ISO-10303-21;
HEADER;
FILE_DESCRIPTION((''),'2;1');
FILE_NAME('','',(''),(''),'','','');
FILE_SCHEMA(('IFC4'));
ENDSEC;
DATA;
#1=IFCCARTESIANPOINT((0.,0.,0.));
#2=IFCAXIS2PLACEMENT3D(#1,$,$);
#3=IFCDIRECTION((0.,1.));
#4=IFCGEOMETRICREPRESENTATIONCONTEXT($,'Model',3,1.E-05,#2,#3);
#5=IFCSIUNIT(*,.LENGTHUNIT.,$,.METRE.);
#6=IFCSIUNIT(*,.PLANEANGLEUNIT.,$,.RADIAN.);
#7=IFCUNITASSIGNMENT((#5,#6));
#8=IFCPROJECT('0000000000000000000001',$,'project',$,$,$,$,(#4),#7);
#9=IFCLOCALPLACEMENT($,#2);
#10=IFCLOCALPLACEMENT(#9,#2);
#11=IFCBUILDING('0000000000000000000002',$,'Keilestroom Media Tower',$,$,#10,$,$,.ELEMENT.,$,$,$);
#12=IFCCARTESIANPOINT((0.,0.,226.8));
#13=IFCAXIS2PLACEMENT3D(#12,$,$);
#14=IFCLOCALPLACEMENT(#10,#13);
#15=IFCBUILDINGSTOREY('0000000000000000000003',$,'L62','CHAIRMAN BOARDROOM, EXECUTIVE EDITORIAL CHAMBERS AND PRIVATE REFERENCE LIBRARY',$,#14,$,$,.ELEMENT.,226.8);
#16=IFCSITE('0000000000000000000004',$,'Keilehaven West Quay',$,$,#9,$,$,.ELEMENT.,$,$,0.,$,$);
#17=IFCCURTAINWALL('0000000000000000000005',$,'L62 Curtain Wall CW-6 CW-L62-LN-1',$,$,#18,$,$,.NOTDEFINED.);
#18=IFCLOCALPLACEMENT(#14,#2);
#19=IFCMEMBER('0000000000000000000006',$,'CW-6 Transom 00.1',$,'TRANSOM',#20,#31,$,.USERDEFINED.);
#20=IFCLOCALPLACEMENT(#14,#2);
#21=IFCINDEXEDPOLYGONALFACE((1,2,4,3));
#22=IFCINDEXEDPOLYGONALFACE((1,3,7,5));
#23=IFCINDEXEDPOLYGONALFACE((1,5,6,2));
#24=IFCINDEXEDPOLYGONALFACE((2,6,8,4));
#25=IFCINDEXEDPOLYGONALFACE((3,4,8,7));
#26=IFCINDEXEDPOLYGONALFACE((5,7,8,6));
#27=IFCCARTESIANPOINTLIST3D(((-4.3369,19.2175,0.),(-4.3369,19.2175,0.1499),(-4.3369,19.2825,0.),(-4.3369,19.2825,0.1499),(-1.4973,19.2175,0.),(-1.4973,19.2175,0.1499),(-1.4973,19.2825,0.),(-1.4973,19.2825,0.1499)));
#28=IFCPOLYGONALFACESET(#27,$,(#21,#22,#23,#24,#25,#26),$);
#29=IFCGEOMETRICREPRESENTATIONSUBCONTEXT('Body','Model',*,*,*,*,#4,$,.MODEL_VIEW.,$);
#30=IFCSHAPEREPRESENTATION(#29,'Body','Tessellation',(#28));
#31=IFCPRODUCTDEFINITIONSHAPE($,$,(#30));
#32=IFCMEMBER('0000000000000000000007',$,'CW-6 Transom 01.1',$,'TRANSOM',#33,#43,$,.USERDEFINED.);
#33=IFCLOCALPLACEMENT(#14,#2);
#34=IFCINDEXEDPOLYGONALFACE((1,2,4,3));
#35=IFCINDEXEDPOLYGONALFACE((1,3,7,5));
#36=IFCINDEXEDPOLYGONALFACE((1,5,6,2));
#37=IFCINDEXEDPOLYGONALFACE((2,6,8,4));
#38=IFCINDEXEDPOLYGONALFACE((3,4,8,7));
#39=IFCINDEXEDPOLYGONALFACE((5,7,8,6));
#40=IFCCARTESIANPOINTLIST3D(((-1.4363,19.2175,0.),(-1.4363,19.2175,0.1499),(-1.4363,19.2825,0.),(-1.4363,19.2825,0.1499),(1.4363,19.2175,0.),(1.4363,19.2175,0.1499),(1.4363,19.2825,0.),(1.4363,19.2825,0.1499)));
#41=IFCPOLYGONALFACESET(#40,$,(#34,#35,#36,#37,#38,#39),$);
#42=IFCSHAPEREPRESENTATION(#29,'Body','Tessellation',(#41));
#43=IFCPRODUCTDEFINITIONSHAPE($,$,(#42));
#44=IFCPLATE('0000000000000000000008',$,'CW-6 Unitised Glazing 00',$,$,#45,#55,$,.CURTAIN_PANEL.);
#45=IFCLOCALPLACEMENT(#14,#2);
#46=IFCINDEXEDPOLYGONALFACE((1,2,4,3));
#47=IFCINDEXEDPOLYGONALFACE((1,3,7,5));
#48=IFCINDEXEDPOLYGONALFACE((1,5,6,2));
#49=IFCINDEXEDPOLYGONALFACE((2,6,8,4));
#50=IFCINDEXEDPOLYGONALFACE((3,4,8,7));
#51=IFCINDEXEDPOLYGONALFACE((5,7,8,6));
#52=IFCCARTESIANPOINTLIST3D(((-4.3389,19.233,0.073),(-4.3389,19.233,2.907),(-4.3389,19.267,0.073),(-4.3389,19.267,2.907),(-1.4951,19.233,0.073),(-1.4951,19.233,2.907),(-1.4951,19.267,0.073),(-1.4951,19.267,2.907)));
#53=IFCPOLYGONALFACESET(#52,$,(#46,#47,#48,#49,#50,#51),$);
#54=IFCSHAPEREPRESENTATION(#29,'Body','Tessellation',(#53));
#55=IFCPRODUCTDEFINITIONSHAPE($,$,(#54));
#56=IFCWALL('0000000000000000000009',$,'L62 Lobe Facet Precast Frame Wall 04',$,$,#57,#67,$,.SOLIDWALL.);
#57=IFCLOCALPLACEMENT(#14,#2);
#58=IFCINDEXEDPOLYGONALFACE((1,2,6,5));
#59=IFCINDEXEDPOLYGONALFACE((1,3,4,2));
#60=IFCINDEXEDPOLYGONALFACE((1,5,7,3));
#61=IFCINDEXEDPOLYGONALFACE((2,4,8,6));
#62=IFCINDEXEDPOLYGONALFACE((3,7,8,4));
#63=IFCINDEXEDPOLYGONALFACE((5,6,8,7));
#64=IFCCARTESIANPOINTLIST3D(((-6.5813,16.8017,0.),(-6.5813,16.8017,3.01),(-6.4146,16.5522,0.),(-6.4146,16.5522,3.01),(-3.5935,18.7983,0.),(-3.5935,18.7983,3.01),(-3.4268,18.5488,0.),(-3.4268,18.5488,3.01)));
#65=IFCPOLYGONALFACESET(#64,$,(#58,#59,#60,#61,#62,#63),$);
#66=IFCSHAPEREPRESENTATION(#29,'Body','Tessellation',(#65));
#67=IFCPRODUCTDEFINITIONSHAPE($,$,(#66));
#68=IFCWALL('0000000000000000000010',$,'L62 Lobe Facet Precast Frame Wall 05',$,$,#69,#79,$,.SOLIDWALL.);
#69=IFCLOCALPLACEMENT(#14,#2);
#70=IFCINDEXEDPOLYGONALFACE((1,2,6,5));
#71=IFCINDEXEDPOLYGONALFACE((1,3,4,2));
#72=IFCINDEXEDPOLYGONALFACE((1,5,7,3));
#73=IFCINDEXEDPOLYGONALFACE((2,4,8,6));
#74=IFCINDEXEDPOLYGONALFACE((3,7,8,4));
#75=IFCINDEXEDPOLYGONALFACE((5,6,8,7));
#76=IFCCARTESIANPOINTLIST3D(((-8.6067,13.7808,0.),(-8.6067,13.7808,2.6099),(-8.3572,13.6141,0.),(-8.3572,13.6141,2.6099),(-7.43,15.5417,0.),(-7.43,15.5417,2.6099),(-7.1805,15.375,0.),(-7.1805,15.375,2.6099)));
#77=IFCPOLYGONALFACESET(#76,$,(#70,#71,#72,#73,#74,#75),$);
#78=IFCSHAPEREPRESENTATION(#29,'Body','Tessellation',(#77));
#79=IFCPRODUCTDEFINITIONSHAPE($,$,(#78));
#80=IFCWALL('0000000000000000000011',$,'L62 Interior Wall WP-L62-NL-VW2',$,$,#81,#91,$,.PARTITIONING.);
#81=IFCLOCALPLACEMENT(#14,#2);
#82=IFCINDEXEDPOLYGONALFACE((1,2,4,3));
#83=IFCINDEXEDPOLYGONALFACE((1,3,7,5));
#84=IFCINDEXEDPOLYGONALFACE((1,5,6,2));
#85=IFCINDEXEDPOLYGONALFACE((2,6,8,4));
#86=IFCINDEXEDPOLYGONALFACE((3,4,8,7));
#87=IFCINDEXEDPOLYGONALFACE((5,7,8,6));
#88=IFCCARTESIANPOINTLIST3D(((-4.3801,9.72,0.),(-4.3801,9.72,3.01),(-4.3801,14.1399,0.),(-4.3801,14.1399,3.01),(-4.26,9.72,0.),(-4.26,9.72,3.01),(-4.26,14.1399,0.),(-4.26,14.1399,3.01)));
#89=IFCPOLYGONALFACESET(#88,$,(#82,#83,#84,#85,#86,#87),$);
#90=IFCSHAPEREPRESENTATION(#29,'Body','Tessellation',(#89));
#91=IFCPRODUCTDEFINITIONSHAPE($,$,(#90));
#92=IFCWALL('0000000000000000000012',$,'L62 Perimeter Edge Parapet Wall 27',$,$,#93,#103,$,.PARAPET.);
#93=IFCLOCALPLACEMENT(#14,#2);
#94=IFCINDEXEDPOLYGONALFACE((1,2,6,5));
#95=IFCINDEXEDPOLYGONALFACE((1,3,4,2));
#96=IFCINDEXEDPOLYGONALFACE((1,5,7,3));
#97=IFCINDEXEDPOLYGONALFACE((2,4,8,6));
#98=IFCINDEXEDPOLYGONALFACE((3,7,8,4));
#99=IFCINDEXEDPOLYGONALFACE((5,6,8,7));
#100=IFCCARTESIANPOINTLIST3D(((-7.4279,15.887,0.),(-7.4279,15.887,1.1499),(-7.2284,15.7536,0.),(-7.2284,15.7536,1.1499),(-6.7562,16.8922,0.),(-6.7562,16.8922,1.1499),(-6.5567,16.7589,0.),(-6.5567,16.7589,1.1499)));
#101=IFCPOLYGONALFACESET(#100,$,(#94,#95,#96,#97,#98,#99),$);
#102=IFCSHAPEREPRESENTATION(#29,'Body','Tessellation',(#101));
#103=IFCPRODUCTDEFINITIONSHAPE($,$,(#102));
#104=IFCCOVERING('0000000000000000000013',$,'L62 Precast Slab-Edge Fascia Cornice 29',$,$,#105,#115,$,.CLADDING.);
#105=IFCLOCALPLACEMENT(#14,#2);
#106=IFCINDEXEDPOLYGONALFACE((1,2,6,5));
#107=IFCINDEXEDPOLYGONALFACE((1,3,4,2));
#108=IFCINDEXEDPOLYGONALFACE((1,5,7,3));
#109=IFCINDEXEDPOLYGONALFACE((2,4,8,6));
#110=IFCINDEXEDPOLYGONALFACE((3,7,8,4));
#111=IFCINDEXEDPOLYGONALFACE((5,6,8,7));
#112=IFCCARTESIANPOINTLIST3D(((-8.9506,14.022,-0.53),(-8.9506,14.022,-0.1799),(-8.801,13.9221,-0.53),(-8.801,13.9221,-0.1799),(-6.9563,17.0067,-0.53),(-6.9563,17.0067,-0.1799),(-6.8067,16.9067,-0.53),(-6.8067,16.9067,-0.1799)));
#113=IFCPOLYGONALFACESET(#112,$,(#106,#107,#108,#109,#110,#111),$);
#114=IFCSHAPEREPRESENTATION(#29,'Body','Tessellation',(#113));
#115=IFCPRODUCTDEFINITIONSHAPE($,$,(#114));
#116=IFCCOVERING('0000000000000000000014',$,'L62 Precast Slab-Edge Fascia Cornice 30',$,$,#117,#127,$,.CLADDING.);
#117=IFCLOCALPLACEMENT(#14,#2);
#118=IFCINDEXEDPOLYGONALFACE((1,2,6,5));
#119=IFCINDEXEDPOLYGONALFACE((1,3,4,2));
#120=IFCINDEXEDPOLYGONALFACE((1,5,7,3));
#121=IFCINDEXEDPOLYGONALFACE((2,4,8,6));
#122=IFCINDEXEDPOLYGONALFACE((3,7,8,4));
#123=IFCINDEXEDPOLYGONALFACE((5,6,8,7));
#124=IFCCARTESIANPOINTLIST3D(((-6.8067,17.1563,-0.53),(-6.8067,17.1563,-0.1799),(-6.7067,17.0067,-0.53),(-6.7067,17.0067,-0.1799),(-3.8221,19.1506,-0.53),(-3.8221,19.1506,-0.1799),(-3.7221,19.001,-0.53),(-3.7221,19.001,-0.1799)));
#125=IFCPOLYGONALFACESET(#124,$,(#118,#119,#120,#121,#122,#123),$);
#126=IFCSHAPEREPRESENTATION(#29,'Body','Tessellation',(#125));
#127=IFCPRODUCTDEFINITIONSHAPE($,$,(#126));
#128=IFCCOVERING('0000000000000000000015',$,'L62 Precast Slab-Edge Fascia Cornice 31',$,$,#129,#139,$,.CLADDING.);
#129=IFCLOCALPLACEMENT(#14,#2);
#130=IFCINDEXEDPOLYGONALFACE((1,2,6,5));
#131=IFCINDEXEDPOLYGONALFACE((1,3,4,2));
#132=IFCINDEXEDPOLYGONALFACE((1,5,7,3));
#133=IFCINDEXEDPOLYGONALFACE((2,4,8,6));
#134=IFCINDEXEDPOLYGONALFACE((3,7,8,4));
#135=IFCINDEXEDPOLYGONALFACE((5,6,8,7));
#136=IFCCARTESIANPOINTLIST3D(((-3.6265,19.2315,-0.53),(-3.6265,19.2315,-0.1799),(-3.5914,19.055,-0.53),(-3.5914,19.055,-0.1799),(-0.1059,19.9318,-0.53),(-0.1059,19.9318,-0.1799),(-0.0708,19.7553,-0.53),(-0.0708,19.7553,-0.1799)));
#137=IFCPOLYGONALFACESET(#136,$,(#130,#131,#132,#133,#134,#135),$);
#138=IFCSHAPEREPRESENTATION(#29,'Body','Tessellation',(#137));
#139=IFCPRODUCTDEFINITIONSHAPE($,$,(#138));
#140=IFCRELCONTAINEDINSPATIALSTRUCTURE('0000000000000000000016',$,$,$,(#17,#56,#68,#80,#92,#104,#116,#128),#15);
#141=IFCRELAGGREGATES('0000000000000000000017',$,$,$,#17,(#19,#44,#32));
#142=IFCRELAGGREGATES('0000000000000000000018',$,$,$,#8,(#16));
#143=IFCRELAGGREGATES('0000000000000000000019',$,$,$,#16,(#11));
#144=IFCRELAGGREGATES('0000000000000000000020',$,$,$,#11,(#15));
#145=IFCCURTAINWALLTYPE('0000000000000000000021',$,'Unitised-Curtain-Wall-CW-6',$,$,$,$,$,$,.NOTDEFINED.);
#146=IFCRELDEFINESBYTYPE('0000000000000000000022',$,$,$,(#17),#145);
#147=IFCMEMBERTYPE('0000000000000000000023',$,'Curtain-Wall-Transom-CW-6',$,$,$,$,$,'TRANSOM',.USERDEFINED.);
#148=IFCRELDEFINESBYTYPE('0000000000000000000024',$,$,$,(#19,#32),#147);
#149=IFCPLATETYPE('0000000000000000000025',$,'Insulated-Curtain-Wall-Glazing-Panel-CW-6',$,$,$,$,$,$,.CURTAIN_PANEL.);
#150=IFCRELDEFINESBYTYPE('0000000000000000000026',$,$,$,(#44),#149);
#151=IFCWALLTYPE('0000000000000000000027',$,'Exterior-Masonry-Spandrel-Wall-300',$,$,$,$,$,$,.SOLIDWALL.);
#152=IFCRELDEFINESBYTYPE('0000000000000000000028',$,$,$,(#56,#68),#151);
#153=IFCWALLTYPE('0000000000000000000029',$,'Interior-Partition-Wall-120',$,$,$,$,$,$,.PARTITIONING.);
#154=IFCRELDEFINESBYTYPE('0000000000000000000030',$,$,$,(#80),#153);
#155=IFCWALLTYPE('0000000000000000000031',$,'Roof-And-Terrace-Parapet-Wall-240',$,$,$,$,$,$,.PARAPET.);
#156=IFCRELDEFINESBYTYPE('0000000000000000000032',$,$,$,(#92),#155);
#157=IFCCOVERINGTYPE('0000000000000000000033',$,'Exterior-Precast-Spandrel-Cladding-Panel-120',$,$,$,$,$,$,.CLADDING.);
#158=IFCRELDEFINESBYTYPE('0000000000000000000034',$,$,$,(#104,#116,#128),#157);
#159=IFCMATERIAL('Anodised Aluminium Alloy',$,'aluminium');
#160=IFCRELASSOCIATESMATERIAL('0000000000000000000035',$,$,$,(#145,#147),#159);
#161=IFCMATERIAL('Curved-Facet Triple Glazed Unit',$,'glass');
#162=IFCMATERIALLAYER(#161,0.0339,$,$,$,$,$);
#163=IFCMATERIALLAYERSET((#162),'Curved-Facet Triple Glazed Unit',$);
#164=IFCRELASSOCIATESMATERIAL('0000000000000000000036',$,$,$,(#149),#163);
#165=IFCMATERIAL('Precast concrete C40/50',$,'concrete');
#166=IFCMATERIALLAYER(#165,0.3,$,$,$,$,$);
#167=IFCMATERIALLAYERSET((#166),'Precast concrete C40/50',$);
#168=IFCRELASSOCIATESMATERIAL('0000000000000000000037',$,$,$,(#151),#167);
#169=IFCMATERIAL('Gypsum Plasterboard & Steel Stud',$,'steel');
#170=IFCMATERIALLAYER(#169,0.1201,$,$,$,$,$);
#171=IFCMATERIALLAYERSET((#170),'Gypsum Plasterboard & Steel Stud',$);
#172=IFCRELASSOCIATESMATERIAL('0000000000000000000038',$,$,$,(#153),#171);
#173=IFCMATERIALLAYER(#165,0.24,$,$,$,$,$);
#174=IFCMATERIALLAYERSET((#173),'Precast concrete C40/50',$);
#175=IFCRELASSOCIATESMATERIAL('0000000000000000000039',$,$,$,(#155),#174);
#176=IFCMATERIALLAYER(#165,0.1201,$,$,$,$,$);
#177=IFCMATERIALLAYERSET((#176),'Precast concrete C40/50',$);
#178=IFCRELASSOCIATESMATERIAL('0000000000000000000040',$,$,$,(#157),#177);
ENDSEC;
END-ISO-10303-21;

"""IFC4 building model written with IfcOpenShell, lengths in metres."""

from ifc_helpers import new_model, si_unit, direction, frame, frame_2d, origin, origin_2d, place, context, subcontext, project, spatial, rectangle, extrude, source, transform, mapped, material, layer, layer_set, material_profile, profile_set, type_object, element, aggregate, save


model = new_model("IFC4")

# Units and contexts
model_context = context("Model", 3, precision=1e-05, world=origin(), true_north=direction((0.0, 1.0)))
body_context = subcontext(model_context, "Body", "Model", "MODEL_VIEW")
ifc_project = project(units=[si_unit("LENGTHUNIT", "METRE"), si_unit("PLANEANGLEUNIT", "RADIAN")], contexts=[model_context])

# Site, building, storey
site_placement = place(None, origin())
site = spatial("IfcSite", under=ifc_project, at=site_placement, Name="Keilehaven West Quay", CompositionType="ELEMENT", RefElevation=0.0)
building_placement = place(site_placement, origin())
building = spatial("IfcBuilding", under=site, at=building_placement, Name="Keilestroom Media Tower", CompositionType="ELEMENT")
storey_placement = place(building_placement, frame((0.0, 0.0, 226.8)))
storey = spatial("IfcBuildingStorey", under=building, at=storey_placement, Name="L62", Description="CHAIRMAN BOARDROOM, EXECUTIVE EDITORIAL CHAMBERS AND PRIVATE REFERENCE LIBRARY", CompositionType="ELEMENT", Elevation=226.8)

# Curtain wall, members, plate
ifc_material_1 = material(Name="Anodised Aluminium Alloy", Category="aluminium")
curtain_wall_type = type_object("IfcCurtainWallType", Name="Unitised-Curtain-Wall-CW-6", PredefinedType="NOTDEFINED", material=ifc_material_1)
curtain_wall_placement = place(storey_placement, origin())
curtain_wall = element("IfcCurtainWall", 1, at=curtain_wall_placement, inside=storey, type_object=curtain_wall_type, Name="L62 Curtain Wall CW-6 CW-L62-LN-1", PredefinedType="NOTDEFINED")
ifc_material_profile_1 = material_profile(ifc_material_1, rectangle(XDim=0.0649, YDim=0.1499, at=origin_2d()), Name="ALU TRANSOM 65x150")
ifc_profile_set_1 = profile_set([ifc_material_profile_1], Name="Anodised Aluminium Alloy")
member_type_1 = type_object("IfcMemberType", Name="Curtain-Wall-Transom-CW-6", ElementType="TRANSOM", PredefinedType="USERDEFINED", material=ifc_profile_set_1)
shared_shape_1 = source(origin(), body_context, "Body", "SweptSolid", [
    extrude(rectangle(XDim=0.0649, YDim=0.1499, at=origin_2d()), origin(), (0.0, 0.0, 1.0), 2.8396),
])
member_1_placement = place(storey_placement, frame((-4.3369, 19.25, 0.075), z_axis=(1.0, 0.0, 0.0), x_axis=(0.0, 1.0, 0.0)))
member_1 = element("IfcMember", 2, at=member_1_placement, type_object=member_type_1, Name="CW-6 Transom 00.1", ObjectType="TRANSOM", PredefinedType="USERDEFINED", context=body_context, shape_type="MappedRepresentation", body=[
    mapped(shared_shape_1, transform((0.0, 0.0, 0.0), x_axis=(1.0, 0.0, 0.0), y_axis=(0.0, 1.0, 0.0), z_axis=(0.0, 0.0, 1.0), scale=1.0)),
])
shared_shape_2 = source(origin(), body_context, "Body", "SweptSolid", [
    extrude(rectangle(XDim=0.0649, YDim=0.1499, at=origin_2d()), origin(), (0.0, 0.0, 1.0), 2.8726),
])
member_2_placement = place(storey_placement, frame((-1.4363, 19.25, 0.075), z_axis=(1.0, 0.0, 0.0), x_axis=(0.0, 1.0, 0.0)))
member_2 = element("IfcMember", 3, at=member_2_placement, type_object=member_type_1, Name="CW-6 Transom 01.1", ObjectType="TRANSOM", PredefinedType="USERDEFINED", context=body_context, shape_type="MappedRepresentation", body=[
    mapped(shared_shape_2, transform((0.0, 0.0, 0.0), x_axis=(1.0, 0.0, 0.0), y_axis=(0.0, 1.0, 0.0), z_axis=(0.0, 0.0, 1.0), scale=1.0)),
])
ifc_material_2 = material(Name="Curved-Facet Triple Glazed Unit", Category="glass")
ifc_layer_1 = layer(ifc_material_2, 0.0339)
ifc_layer_set_1 = layer_set([ifc_layer_1], Name="Curved-Facet Triple Glazed Unit")
plate_type = type_object("IfcPlateType", Name="Insulated-Curtain-Wall-Glazing-Panel-CW-6", PredefinedType="CURTAIN_PANEL", material=ifc_layer_set_1)
shared_shape_3 = source(origin(), body_context, "Body", "SweptSolid", [
    extrude(rectangle(XDim=2.8438, YDim=0.0339, at=origin_2d()), origin(), (0.0, 0.0, 1.0), 2.834),
])
plate_placement = place(storey_placement, frame((-2.917, 19.25, 0.073), z_axis=(0.0, 0.0, 1.0), x_axis=(1.0, 0.0, 0.0)))
plate = element("IfcPlate", 4, at=plate_placement, type_object=plate_type, Name="CW-6 Unitised Glazing 00", PredefinedType="CURTAIN_PANEL", context=body_context, shape_type="MappedRepresentation", body=[
    mapped(shared_shape_3, transform((0.0, 0.0, 0.0), x_axis=(1.0, 0.0, 0.0), y_axis=(0.0, 1.0, 0.0), z_axis=(0.0, 0.0, 1.0), scale=1.0)),
])
aggregate(curtain_wall, [member_1, plate, member_2])

# Walls
ifc_material_3 = material(Name="Precast concrete C40/50", Category="concrete")
ifc_layer_2 = layer(ifc_material_3, 0.3)
ifc_layer_set_2 = layer_set([ifc_layer_2], Name="Precast concrete C40/50")
wall_type_1 = type_object("IfcWallType", Name="Exterior-Masonry-Spandrel-Wall-300", PredefinedType="SOLIDWALL", material=ifc_layer_set_2)
wall_1_placement = place(storey_placement, frame((-3.51, 18.6736, 0.0), z_axis=(0.0, 0.0, 1.0), x_axis=(-0.831444, -0.555609, 0.0)))
element("IfcWall", 5, at=wall_1_placement, inside=storey, type_object=wall_type_1, Name="L62 Lobe Facet Precast Frame Wall 04", PredefinedType="SOLIDWALL", context=body_context, shape_type="SweptSolid", body=[
    extrude(rectangle(XDim=3.5935, YDim=0.3, at=frame_2d((1.7969, 0.0))), origin(), (0.0, 0.0, 1.0), 3.01),
])
wall_2_placement = place(storey_placement, frame((-7.3052, 15.4585, 0.0), z_axis=(0.0, 0.0, 1.0), x_axis=(-0.555604, -0.831447, 0.0)))
element("IfcWall", 6, at=wall_2_placement, inside=storey, type_object=wall_type_1, Name="L62 Lobe Facet Precast Frame Wall 05", PredefinedType="SOLIDWALL", context=body_context, shape_type="SweptSolid", body=[
    extrude(rectangle(XDim=2.1179, YDim=0.3, at=frame_2d((1.0591, 0.0))), origin(), (0.0, 0.0, 1.0), 2.6099),
])
ifc_material_4 = material(Name="Gypsum Plasterboard & Steel Stud", Category="steel")
ifc_layer_3 = layer(ifc_material_4, 0.1201)
ifc_layer_set_3 = layer_set([ifc_layer_3], Name="Gypsum Plasterboard & Steel Stud")
wall_type_2 = type_object("IfcWallType", Name="Interior-Partition-Wall-120", PredefinedType="PARTITIONING", material=ifc_layer_set_3)
wall_3_placement = place(storey_placement, frame((-4.3201, 9.72, 0.0), z_axis=(0.0, 0.0, 1.0), x_axis=(0.0, 1.0, 0.0)))
element("IfcWall", 7, at=wall_3_placement, inside=storey, type_object=wall_type_2, Name="L62 Interior Wall WP-L62-NL-VW2", PredefinedType="PARTITIONING", context=body_context, shape_type="SweptSolid", body=[
    extrude(rectangle(XDim=4.4199, YDim=0.1201, at=frame_2d((2.21, 0.0))), origin(), (0.0, 0.0, 1.0), 3.01),
])
ifc_layer_4 = layer(ifc_material_3, 0.24)
ifc_layer_set_4 = layer_set([ifc_layer_4], Name="Precast concrete C40/50")
wall_type_3 = type_object("IfcWallType", Name="Roof-And-Terrace-Parapet-Wall-240", PredefinedType="PARAPET", material=ifc_layer_set_4)
wall_4_placement = place(storey_placement, frame((-7.3281, 15.8203, 0.0), z_axis=(0.0, 0.0, 1.0), x_axis=(0.555585, 0.831459, 0.0)))
element("IfcWall", 8, at=wall_4_placement, inside=storey, type_object=wall_type_3, Name="L62 Perimeter Edge Parapet Wall 27", PredefinedType="PARAPET", context=body_context, shape_type="SweptSolid", body=[
    extrude(rectangle(XDim=1.209, YDim=0.24, at=frame_2d((0.6045, 0.0))), origin(), (0.0, 0.0, 1.0), 1.1499),
])

# Coverings
ifc_layer_5 = layer(ifc_material_3, 0.1201)
ifc_layer_set_5 = layer_set([ifc_layer_5], Name="Precast concrete C40/50")
covering_type = type_object("IfcCoveringType", Name="Exterior-Precast-Spandrel-Cladding-Panel-120", PredefinedType="CLADDING", material=ifc_layer_set_5)
shared_shape_4 = source(origin(), body_context, "Body", "SweptSolid", [
    extrude(rectangle(XDim=3.5896, YDim=0.1799, at=origin_2d()), origin(), (0.0, 0.0, 1.0), 0.3501),
])
for number, where, z_axis, x_axis, name in (
    (9, (-7.8787, 15.4644, -0.53), (0.0, 0.0, 1.0), (0.555575, 0.831467, 0.0), "L62 Precast Slab-Edge Fascia Cornice 29"),
    (10, (-5.2644, 18.0786, -0.53), (0.0, 0.0, 1.0), (0.831467, 0.555575, 0.0), "L62 Precast Slab-Edge Fascia Cornice 30"),
    (11, (-1.8486, 19.4934, -0.53), (0.0, 0.0, 1.0), (0.980784, 0.195099, 0.0), "L62 Precast Slab-Edge Fascia Cornice 31"),
):
    element("IfcCovering", number, at=place(storey_placement, frame(where, z_axis=z_axis, x_axis=x_axis)), inside=storey, type_object=covering_type, Name=name, PredefinedType="CLADDING", context=body_context, shape_type="MappedRepresentation", body=[
        mapped(shared_shape_4, transform((0.0, 0.0, 0.0), x_axis=(1.0, 0.0, 0.0), y_axis=(0.0, 1.0, 0.0), z_axis=(0.0, 0.0, 1.0), scale=1.0)),
    ])

save(model, "model.ifc")
